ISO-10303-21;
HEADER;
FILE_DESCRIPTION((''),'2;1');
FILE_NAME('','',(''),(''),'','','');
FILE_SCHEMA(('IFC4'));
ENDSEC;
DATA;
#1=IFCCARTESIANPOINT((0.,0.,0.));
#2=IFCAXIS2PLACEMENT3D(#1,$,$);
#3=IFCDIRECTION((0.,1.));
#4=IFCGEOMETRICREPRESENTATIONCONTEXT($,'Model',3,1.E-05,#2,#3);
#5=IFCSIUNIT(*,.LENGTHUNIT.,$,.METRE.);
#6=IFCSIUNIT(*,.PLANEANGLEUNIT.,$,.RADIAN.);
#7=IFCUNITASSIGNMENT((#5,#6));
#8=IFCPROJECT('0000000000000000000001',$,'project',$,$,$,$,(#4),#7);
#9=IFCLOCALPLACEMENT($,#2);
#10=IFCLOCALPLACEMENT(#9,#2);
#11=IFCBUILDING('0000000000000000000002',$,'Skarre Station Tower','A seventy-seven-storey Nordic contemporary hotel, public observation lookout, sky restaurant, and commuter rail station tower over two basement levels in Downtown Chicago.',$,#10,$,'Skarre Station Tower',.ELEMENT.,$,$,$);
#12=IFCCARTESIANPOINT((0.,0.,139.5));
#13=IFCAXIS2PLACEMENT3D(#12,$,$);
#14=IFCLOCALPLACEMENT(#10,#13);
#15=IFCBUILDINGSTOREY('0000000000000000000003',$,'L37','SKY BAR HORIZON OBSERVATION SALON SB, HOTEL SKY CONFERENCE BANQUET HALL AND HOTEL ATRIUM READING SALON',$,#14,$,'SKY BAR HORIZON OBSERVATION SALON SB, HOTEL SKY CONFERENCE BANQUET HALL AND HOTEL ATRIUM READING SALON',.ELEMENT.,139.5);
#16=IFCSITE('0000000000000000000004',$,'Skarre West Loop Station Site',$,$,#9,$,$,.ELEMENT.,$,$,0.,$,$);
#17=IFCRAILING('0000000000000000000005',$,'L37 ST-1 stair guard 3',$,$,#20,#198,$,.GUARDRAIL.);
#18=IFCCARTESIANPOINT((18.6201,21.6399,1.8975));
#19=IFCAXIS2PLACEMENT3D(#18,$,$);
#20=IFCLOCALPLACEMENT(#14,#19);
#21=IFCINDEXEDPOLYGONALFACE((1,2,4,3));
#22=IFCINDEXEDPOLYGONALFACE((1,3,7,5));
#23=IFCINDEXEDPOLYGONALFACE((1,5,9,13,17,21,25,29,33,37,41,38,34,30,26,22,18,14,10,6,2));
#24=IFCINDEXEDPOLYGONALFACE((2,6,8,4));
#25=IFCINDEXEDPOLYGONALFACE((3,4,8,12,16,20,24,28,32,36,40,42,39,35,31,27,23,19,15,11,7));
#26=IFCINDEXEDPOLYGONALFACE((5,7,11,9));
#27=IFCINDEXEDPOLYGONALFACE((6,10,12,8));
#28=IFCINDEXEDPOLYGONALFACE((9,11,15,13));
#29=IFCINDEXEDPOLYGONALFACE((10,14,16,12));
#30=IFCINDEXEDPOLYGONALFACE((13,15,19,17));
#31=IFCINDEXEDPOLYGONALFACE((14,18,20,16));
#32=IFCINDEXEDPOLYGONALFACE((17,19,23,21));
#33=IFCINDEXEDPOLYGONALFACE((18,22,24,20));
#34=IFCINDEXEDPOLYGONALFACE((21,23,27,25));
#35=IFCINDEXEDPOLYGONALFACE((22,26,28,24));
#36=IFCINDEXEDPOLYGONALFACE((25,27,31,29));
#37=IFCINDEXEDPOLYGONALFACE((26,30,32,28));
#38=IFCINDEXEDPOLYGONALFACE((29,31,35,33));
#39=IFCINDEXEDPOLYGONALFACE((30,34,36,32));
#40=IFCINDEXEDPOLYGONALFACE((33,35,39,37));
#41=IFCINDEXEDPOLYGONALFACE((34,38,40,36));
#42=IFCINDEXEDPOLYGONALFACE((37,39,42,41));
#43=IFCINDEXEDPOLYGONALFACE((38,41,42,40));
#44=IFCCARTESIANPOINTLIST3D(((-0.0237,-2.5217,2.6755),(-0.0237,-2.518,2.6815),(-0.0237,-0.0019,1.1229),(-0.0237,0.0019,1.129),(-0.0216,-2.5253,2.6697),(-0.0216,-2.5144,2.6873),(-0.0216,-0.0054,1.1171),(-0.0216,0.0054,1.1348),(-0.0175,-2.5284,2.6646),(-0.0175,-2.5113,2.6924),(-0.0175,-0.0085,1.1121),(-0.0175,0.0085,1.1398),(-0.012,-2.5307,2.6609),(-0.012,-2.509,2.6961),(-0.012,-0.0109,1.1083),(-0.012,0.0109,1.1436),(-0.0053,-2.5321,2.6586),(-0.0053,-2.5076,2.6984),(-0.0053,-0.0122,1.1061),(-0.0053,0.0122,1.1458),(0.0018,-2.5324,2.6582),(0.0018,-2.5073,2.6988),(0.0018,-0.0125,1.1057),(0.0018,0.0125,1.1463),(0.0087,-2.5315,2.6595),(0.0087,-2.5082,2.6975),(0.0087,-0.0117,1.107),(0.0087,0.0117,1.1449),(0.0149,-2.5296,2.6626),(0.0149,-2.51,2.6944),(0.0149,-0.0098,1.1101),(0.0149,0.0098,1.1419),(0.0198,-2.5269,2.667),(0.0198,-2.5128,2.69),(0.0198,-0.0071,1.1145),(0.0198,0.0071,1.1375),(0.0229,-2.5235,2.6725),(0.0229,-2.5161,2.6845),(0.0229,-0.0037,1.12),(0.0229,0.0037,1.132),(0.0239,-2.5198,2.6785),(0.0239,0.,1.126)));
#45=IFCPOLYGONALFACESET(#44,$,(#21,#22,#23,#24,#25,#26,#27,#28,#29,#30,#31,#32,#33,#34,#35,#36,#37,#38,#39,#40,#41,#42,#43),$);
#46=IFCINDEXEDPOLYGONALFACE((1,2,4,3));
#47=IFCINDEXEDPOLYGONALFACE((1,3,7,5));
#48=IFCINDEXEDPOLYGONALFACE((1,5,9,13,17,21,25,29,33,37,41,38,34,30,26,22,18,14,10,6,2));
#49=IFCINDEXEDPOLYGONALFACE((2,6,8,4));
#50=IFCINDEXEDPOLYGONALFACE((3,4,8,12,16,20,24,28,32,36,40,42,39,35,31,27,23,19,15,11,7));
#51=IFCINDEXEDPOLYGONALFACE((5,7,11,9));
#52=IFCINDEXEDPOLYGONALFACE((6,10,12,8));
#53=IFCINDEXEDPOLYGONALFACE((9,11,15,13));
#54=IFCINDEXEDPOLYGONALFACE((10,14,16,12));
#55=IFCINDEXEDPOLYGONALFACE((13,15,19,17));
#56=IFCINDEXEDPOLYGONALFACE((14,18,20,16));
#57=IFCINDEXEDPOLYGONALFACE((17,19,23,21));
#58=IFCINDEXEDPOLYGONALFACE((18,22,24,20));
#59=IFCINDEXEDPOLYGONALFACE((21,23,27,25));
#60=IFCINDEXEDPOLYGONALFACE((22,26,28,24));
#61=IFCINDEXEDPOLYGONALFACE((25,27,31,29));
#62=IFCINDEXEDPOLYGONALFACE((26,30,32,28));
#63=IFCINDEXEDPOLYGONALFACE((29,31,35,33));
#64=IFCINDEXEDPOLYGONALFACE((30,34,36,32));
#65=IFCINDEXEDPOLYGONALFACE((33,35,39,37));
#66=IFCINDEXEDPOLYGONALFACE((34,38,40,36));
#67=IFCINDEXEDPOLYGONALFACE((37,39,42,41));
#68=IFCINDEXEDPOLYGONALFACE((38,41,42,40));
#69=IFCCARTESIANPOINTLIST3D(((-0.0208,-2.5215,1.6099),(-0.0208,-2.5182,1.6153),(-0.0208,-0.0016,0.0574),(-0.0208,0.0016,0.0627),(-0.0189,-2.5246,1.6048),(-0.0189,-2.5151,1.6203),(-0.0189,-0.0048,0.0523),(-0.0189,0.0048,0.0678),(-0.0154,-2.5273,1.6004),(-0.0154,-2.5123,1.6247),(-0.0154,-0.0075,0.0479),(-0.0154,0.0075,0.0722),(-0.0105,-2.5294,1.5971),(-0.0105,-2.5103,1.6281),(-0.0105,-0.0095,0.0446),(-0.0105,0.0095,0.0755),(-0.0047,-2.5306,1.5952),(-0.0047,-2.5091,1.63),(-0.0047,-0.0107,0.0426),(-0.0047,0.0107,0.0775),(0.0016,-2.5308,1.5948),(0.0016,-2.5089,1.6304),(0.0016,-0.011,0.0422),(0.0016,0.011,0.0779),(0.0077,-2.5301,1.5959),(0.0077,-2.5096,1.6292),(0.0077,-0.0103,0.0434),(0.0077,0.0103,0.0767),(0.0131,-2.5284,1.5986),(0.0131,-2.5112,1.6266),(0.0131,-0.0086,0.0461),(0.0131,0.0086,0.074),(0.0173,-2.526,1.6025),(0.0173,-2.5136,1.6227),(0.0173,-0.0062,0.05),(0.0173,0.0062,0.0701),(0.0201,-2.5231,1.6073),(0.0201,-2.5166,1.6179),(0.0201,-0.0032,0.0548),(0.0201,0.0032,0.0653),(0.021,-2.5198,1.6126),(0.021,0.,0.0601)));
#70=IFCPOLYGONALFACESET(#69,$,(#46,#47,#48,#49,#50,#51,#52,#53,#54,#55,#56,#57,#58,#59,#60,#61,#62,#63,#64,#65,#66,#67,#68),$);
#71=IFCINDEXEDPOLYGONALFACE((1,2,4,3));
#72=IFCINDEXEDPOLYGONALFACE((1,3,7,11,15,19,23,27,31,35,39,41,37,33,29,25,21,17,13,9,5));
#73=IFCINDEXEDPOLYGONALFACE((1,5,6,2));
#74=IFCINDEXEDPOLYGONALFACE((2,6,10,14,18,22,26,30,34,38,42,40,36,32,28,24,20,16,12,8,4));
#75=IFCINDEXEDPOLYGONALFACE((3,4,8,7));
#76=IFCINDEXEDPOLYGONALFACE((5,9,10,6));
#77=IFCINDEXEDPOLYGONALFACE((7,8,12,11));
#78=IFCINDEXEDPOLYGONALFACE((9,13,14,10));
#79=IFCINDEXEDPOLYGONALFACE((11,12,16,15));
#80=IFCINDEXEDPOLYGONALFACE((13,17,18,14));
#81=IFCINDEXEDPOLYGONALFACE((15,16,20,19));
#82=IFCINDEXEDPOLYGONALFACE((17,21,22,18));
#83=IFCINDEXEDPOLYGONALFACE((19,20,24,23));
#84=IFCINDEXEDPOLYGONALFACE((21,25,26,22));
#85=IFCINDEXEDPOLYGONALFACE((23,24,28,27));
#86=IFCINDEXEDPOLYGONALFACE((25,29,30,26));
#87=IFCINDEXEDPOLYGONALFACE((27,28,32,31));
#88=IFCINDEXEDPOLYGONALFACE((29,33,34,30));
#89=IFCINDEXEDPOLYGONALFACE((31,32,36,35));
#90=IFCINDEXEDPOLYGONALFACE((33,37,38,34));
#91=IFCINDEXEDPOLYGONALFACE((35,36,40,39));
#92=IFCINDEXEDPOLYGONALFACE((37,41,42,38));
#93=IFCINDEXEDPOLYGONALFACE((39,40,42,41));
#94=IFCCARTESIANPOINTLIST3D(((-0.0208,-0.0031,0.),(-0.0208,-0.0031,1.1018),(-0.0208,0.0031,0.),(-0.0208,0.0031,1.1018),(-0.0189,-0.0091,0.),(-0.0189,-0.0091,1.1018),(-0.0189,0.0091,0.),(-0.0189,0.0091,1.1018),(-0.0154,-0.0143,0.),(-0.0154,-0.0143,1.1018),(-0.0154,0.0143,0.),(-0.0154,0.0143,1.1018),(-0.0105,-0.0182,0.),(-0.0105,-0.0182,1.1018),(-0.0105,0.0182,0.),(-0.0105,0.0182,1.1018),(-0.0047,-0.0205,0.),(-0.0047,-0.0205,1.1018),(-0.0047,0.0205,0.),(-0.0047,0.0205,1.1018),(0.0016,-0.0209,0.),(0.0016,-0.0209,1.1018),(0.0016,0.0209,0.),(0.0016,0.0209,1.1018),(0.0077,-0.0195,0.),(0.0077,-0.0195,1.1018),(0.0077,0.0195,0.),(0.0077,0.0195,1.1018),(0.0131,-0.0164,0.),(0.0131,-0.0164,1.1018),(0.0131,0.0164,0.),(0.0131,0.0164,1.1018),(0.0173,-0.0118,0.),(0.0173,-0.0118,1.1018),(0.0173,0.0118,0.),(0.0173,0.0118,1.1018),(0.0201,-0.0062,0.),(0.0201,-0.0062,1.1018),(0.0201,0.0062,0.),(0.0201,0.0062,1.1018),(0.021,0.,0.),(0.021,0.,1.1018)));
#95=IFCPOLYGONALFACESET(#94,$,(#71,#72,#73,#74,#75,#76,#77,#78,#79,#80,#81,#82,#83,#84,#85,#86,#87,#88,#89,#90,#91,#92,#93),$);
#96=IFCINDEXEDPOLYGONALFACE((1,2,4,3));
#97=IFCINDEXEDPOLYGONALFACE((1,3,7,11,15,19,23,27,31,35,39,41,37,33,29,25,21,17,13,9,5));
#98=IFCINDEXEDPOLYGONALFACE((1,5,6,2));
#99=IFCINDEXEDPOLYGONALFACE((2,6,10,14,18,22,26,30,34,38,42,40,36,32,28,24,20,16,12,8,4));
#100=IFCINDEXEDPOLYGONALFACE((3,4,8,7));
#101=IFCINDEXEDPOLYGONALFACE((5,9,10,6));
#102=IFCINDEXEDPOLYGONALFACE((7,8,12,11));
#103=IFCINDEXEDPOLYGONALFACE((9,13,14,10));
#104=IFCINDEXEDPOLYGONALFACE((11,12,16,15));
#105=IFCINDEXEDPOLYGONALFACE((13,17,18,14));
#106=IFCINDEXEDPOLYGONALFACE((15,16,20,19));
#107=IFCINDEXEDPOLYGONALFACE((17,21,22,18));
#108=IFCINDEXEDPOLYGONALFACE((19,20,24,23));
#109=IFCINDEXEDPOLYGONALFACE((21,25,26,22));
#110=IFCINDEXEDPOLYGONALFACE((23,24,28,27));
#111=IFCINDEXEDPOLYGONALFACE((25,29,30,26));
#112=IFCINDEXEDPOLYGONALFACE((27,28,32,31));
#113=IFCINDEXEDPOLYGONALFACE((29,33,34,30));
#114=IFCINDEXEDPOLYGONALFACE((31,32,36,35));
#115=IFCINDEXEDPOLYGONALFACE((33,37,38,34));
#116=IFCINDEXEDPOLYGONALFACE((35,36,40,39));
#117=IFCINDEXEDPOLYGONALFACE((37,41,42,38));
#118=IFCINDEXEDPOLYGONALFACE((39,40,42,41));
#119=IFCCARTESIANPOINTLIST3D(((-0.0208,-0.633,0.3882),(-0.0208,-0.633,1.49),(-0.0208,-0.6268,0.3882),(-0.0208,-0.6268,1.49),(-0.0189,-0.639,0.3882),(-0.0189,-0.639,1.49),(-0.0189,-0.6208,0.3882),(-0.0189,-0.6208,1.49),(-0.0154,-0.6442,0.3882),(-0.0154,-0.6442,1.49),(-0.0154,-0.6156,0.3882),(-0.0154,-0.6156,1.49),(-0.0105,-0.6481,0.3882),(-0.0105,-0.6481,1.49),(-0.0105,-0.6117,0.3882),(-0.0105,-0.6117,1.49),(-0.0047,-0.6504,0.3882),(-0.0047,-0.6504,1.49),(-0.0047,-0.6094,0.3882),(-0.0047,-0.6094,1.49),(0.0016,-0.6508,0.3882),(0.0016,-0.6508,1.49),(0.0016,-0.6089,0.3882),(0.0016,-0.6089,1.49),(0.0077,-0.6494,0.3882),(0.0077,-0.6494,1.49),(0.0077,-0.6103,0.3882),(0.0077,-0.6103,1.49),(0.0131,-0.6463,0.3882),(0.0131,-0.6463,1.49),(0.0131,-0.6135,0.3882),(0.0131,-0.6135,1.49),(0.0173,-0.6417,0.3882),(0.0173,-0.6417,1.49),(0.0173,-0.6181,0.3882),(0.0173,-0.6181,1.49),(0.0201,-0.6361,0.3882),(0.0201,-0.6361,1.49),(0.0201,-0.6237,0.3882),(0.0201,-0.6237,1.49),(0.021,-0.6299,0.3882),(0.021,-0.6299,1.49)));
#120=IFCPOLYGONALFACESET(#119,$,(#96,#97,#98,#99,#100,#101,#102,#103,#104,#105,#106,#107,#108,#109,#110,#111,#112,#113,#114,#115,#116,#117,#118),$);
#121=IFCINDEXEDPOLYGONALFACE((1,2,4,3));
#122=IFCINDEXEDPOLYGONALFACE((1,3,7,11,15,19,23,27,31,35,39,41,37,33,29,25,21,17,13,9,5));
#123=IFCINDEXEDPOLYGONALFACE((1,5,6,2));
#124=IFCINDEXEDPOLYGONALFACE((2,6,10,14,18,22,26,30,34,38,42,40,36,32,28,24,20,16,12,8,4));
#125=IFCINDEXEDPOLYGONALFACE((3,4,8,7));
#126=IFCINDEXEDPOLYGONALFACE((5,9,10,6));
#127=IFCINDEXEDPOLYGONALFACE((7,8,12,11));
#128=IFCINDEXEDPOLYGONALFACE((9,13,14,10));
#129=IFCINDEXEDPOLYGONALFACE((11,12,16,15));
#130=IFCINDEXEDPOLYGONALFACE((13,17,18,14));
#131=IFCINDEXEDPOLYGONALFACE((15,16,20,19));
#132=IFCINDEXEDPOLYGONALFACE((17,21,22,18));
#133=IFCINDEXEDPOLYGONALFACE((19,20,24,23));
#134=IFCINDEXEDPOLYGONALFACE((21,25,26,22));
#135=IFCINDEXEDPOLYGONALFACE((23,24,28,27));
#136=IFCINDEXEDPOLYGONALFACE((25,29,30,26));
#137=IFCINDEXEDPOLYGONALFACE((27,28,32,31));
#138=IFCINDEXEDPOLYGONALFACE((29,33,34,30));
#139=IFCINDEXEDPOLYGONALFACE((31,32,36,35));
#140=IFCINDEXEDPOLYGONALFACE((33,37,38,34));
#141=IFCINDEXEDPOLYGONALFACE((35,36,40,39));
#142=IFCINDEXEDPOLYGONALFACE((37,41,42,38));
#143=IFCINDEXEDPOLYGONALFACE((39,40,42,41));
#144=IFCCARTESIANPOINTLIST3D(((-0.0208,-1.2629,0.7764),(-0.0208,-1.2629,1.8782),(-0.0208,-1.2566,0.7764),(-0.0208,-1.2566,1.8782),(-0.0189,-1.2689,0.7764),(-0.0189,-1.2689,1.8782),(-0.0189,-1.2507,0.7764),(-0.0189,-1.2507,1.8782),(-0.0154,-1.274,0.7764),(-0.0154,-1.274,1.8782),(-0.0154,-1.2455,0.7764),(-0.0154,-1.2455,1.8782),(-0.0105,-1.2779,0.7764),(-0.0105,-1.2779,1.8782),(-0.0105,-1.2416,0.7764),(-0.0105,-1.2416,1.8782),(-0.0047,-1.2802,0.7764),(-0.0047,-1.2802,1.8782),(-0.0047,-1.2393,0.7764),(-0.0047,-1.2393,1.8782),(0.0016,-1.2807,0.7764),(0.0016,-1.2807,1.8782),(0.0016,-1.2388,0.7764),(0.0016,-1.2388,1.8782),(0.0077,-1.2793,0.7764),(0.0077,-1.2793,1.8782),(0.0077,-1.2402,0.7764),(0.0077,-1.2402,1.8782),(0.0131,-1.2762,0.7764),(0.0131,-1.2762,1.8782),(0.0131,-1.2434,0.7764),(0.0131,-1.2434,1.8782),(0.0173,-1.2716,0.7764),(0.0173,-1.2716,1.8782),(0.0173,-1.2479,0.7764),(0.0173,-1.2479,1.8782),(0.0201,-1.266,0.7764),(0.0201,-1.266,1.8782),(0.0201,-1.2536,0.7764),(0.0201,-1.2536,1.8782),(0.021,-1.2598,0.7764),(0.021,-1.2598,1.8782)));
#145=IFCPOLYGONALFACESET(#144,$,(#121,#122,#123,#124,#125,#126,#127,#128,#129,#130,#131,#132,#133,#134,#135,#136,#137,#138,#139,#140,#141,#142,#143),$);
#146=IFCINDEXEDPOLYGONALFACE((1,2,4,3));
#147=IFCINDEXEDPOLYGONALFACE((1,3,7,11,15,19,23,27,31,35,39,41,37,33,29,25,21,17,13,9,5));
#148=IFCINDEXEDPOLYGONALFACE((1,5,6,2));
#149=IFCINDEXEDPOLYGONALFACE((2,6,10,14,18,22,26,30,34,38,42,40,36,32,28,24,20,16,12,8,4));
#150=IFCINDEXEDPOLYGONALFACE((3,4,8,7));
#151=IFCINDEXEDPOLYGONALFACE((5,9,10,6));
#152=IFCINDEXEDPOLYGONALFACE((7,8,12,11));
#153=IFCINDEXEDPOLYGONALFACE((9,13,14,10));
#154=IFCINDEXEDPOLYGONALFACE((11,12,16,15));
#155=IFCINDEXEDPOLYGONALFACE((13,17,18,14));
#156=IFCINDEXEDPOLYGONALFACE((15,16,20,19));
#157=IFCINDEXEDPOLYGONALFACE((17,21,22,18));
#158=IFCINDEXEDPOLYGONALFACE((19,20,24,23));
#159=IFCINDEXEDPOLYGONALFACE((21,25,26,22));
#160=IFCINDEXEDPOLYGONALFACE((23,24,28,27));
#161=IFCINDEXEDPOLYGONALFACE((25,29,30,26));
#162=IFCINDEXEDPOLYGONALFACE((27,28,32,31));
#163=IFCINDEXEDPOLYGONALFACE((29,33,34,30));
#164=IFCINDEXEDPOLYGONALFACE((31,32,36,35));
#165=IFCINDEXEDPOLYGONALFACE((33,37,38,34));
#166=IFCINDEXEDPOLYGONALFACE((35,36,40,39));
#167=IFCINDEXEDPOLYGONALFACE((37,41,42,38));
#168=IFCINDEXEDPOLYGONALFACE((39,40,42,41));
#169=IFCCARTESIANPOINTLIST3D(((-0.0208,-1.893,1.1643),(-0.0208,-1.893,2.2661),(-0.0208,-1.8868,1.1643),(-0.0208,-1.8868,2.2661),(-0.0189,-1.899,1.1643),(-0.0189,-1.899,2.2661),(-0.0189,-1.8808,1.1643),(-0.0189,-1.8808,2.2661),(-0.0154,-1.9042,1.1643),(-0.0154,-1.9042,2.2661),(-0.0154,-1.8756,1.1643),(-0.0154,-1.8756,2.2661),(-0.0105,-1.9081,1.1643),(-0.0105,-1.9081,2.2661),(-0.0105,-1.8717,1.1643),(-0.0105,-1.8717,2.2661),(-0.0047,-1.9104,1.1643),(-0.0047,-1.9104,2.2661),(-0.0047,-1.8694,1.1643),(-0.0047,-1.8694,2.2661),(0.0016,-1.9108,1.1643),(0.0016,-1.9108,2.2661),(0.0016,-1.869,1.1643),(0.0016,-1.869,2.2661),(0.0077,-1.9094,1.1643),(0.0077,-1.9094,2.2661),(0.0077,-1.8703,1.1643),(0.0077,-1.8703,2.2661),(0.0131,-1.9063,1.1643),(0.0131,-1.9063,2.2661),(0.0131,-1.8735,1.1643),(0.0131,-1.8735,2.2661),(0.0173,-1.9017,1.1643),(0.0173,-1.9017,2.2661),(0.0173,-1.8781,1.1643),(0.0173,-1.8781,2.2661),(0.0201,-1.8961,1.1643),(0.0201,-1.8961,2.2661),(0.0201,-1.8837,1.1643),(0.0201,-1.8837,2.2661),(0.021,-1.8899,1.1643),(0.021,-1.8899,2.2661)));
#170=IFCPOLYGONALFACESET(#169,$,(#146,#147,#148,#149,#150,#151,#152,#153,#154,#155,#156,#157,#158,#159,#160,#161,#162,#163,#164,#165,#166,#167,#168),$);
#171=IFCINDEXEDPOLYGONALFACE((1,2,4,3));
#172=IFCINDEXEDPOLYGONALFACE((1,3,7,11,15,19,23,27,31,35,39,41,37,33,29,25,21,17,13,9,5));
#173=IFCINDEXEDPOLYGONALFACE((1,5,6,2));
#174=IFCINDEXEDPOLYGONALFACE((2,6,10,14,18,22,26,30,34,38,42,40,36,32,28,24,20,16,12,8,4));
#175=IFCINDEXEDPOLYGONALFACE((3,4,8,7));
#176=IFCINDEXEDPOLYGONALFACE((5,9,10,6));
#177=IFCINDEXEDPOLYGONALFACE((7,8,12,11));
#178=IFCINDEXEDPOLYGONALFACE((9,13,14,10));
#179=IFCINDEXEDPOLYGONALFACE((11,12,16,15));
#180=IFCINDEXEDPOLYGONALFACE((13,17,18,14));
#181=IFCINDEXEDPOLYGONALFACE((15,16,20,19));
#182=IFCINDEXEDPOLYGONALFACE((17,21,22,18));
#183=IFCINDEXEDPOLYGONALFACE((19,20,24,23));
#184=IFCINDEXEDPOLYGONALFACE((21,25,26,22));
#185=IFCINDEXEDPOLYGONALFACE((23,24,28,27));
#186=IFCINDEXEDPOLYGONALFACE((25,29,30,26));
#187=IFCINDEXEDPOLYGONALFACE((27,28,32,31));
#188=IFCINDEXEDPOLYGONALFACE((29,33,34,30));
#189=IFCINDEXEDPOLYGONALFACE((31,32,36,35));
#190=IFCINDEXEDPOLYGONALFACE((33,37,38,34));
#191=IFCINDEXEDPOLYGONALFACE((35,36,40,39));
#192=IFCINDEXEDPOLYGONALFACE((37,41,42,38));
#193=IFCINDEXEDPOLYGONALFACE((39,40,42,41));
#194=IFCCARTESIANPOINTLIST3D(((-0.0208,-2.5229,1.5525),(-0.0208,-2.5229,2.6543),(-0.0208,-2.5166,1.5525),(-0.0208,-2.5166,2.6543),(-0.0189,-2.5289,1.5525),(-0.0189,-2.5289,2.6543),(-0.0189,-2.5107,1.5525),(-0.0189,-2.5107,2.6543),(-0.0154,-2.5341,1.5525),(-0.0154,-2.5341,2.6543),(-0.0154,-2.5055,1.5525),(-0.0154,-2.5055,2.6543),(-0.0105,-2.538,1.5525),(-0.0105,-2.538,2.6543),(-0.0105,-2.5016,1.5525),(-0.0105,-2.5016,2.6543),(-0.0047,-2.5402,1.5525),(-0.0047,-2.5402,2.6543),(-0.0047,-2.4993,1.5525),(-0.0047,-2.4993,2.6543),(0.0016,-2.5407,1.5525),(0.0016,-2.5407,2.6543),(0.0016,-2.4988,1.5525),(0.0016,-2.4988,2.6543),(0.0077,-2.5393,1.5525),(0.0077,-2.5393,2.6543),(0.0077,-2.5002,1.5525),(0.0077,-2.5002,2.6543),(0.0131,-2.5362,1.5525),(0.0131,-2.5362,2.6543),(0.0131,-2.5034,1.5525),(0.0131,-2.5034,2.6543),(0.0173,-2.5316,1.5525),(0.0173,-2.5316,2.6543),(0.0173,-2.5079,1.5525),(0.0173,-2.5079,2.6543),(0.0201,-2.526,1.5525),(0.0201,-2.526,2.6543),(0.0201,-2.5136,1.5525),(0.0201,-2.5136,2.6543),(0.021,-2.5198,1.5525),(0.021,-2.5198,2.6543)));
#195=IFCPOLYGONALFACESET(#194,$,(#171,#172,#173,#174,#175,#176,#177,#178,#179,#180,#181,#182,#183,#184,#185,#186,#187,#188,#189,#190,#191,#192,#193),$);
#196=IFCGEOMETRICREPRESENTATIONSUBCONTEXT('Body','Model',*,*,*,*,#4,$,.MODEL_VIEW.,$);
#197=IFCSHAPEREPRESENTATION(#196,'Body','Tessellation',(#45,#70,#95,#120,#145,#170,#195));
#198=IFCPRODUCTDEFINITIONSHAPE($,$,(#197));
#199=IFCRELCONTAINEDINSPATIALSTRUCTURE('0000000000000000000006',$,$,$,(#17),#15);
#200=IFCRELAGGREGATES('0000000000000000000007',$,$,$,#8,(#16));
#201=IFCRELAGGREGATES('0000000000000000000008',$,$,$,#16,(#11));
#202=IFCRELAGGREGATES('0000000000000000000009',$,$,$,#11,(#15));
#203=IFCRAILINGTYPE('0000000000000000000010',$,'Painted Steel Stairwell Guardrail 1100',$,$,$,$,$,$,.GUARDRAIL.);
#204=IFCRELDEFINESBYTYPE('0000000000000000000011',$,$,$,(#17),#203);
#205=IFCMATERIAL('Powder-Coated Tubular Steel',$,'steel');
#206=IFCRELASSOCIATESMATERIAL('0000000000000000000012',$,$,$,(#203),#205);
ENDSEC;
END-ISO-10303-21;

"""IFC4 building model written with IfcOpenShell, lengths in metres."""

from ifc_helpers import new_model, si_unit, direction, frame, origin, origin_2d, place, context, subcontext, project, spatial, circle, extrude, material, type_object, element, save


model = new_model("IFC4")

# Units and contexts
model_context = context("Model", 3, precision=1e-05, world=origin(), true_north=direction((0.0, 1.0)))
body_context = subcontext(model_context, "Body", "Model", "MODEL_VIEW")
ifc_project = project(units=[si_unit("LENGTHUNIT", "METRE"), si_unit("PLANEANGLEUNIT", "RADIAN")], contexts=[model_context])

# Site, building, storey
site_placement = place(None, origin())
site = spatial("IfcSite", under=ifc_project, at=site_placement, Name="Skarre West Loop Station Site", CompositionType="ELEMENT", RefElevation=0.0)
building_placement = place(site_placement, origin())
building = spatial("IfcBuilding", under=site, at=building_placement, Name="Skarre Station Tower", Description="A seventy-seven-storey Nordic contemporary hotel, public observation lookout, sky restaurant, and commuter rail station tower over two basement levels in Downtown Chicago.", LongName="Skarre Station Tower", CompositionType="ELEMENT")
storey_placement = place(building_placement, frame((0.0, 0.0, 139.5)))
storey = spatial("IfcBuildingStorey", under=building, at=storey_placement, Name="L37", Description="SKY BAR HORIZON OBSERVATION SALON SB, HOTEL SKY CONFERENCE BANQUET HALL AND HOTEL ATRIUM READING SALON", LongName="SKY BAR HORIZON OBSERVATION SALON SB, HOTEL SKY CONFERENCE BANQUET HALL AND HOTEL ATRIUM READING SALON", CompositionType="ELEMENT", Elevation=139.5)

# Railing
ifc_material_1 = material(Name="Powder-Coated Tubular Steel", Category="steel")
railing_type_1 = type_object("IfcRailingType", Name="Painted Steel Stairwell Guardrail 1100", PredefinedType="GUARDRAIL", material=ifc_material_1)
railing_1_placement = place(storey_placement, frame((18.6201, 21.6399, 1.8975)))
element("IfcRailing", 1, at=railing_1_placement, inside=storey, type_object=railing_type_1, Name="L37 ST-1 stair guard 3", PredefinedType="GUARDRAIL", context=body_context, shape_type="SweptSolid", body=[
    extrude(circle(Radius=0.0239, at=origin_2d()), frame((0.0, 0.0, 1.126), z_axis=(0.0, -0.851378, 0.524553), x_axis=(1.0, 0.0, 0.0)), (0.0, 0.0, 1.0), 2.9597),
    extrude(circle(Radius=0.021, at=origin_2d()), frame((0.0, 0.0, 0.0601), z_axis=(0.0, -0.851378, 0.524553), x_axis=(1.0, 0.0, 0.0)), (0.0, 0.0, 1.0), 2.9597),
    extrude(circle(Radius=0.021, at=origin_2d()), origin(), (0.0, 0.0, 1.0), 1.1018),
    extrude(circle(Radius=0.021, at=origin_2d()), frame((0.0, -0.6299, 0.3882)), (0.0, 0.0, 1.0), 1.1018),
    extrude(circle(Radius=0.021, at=origin_2d()), frame((0.0, -1.2598, 0.7764)), (0.0, 0.0, 1.0), 1.1018),
    extrude(circle(Radius=0.021, at=origin_2d()), frame((0.0, -1.8899, 1.1643)), (0.0, 0.0, 1.0), 1.1018),
    extrude(circle(Radius=0.021, at=origin_2d()), frame((0.0, -2.5198, 1.5525)), (0.0, 0.0, 1.0), 1.1018),
])

save(model, "model.ifc")
